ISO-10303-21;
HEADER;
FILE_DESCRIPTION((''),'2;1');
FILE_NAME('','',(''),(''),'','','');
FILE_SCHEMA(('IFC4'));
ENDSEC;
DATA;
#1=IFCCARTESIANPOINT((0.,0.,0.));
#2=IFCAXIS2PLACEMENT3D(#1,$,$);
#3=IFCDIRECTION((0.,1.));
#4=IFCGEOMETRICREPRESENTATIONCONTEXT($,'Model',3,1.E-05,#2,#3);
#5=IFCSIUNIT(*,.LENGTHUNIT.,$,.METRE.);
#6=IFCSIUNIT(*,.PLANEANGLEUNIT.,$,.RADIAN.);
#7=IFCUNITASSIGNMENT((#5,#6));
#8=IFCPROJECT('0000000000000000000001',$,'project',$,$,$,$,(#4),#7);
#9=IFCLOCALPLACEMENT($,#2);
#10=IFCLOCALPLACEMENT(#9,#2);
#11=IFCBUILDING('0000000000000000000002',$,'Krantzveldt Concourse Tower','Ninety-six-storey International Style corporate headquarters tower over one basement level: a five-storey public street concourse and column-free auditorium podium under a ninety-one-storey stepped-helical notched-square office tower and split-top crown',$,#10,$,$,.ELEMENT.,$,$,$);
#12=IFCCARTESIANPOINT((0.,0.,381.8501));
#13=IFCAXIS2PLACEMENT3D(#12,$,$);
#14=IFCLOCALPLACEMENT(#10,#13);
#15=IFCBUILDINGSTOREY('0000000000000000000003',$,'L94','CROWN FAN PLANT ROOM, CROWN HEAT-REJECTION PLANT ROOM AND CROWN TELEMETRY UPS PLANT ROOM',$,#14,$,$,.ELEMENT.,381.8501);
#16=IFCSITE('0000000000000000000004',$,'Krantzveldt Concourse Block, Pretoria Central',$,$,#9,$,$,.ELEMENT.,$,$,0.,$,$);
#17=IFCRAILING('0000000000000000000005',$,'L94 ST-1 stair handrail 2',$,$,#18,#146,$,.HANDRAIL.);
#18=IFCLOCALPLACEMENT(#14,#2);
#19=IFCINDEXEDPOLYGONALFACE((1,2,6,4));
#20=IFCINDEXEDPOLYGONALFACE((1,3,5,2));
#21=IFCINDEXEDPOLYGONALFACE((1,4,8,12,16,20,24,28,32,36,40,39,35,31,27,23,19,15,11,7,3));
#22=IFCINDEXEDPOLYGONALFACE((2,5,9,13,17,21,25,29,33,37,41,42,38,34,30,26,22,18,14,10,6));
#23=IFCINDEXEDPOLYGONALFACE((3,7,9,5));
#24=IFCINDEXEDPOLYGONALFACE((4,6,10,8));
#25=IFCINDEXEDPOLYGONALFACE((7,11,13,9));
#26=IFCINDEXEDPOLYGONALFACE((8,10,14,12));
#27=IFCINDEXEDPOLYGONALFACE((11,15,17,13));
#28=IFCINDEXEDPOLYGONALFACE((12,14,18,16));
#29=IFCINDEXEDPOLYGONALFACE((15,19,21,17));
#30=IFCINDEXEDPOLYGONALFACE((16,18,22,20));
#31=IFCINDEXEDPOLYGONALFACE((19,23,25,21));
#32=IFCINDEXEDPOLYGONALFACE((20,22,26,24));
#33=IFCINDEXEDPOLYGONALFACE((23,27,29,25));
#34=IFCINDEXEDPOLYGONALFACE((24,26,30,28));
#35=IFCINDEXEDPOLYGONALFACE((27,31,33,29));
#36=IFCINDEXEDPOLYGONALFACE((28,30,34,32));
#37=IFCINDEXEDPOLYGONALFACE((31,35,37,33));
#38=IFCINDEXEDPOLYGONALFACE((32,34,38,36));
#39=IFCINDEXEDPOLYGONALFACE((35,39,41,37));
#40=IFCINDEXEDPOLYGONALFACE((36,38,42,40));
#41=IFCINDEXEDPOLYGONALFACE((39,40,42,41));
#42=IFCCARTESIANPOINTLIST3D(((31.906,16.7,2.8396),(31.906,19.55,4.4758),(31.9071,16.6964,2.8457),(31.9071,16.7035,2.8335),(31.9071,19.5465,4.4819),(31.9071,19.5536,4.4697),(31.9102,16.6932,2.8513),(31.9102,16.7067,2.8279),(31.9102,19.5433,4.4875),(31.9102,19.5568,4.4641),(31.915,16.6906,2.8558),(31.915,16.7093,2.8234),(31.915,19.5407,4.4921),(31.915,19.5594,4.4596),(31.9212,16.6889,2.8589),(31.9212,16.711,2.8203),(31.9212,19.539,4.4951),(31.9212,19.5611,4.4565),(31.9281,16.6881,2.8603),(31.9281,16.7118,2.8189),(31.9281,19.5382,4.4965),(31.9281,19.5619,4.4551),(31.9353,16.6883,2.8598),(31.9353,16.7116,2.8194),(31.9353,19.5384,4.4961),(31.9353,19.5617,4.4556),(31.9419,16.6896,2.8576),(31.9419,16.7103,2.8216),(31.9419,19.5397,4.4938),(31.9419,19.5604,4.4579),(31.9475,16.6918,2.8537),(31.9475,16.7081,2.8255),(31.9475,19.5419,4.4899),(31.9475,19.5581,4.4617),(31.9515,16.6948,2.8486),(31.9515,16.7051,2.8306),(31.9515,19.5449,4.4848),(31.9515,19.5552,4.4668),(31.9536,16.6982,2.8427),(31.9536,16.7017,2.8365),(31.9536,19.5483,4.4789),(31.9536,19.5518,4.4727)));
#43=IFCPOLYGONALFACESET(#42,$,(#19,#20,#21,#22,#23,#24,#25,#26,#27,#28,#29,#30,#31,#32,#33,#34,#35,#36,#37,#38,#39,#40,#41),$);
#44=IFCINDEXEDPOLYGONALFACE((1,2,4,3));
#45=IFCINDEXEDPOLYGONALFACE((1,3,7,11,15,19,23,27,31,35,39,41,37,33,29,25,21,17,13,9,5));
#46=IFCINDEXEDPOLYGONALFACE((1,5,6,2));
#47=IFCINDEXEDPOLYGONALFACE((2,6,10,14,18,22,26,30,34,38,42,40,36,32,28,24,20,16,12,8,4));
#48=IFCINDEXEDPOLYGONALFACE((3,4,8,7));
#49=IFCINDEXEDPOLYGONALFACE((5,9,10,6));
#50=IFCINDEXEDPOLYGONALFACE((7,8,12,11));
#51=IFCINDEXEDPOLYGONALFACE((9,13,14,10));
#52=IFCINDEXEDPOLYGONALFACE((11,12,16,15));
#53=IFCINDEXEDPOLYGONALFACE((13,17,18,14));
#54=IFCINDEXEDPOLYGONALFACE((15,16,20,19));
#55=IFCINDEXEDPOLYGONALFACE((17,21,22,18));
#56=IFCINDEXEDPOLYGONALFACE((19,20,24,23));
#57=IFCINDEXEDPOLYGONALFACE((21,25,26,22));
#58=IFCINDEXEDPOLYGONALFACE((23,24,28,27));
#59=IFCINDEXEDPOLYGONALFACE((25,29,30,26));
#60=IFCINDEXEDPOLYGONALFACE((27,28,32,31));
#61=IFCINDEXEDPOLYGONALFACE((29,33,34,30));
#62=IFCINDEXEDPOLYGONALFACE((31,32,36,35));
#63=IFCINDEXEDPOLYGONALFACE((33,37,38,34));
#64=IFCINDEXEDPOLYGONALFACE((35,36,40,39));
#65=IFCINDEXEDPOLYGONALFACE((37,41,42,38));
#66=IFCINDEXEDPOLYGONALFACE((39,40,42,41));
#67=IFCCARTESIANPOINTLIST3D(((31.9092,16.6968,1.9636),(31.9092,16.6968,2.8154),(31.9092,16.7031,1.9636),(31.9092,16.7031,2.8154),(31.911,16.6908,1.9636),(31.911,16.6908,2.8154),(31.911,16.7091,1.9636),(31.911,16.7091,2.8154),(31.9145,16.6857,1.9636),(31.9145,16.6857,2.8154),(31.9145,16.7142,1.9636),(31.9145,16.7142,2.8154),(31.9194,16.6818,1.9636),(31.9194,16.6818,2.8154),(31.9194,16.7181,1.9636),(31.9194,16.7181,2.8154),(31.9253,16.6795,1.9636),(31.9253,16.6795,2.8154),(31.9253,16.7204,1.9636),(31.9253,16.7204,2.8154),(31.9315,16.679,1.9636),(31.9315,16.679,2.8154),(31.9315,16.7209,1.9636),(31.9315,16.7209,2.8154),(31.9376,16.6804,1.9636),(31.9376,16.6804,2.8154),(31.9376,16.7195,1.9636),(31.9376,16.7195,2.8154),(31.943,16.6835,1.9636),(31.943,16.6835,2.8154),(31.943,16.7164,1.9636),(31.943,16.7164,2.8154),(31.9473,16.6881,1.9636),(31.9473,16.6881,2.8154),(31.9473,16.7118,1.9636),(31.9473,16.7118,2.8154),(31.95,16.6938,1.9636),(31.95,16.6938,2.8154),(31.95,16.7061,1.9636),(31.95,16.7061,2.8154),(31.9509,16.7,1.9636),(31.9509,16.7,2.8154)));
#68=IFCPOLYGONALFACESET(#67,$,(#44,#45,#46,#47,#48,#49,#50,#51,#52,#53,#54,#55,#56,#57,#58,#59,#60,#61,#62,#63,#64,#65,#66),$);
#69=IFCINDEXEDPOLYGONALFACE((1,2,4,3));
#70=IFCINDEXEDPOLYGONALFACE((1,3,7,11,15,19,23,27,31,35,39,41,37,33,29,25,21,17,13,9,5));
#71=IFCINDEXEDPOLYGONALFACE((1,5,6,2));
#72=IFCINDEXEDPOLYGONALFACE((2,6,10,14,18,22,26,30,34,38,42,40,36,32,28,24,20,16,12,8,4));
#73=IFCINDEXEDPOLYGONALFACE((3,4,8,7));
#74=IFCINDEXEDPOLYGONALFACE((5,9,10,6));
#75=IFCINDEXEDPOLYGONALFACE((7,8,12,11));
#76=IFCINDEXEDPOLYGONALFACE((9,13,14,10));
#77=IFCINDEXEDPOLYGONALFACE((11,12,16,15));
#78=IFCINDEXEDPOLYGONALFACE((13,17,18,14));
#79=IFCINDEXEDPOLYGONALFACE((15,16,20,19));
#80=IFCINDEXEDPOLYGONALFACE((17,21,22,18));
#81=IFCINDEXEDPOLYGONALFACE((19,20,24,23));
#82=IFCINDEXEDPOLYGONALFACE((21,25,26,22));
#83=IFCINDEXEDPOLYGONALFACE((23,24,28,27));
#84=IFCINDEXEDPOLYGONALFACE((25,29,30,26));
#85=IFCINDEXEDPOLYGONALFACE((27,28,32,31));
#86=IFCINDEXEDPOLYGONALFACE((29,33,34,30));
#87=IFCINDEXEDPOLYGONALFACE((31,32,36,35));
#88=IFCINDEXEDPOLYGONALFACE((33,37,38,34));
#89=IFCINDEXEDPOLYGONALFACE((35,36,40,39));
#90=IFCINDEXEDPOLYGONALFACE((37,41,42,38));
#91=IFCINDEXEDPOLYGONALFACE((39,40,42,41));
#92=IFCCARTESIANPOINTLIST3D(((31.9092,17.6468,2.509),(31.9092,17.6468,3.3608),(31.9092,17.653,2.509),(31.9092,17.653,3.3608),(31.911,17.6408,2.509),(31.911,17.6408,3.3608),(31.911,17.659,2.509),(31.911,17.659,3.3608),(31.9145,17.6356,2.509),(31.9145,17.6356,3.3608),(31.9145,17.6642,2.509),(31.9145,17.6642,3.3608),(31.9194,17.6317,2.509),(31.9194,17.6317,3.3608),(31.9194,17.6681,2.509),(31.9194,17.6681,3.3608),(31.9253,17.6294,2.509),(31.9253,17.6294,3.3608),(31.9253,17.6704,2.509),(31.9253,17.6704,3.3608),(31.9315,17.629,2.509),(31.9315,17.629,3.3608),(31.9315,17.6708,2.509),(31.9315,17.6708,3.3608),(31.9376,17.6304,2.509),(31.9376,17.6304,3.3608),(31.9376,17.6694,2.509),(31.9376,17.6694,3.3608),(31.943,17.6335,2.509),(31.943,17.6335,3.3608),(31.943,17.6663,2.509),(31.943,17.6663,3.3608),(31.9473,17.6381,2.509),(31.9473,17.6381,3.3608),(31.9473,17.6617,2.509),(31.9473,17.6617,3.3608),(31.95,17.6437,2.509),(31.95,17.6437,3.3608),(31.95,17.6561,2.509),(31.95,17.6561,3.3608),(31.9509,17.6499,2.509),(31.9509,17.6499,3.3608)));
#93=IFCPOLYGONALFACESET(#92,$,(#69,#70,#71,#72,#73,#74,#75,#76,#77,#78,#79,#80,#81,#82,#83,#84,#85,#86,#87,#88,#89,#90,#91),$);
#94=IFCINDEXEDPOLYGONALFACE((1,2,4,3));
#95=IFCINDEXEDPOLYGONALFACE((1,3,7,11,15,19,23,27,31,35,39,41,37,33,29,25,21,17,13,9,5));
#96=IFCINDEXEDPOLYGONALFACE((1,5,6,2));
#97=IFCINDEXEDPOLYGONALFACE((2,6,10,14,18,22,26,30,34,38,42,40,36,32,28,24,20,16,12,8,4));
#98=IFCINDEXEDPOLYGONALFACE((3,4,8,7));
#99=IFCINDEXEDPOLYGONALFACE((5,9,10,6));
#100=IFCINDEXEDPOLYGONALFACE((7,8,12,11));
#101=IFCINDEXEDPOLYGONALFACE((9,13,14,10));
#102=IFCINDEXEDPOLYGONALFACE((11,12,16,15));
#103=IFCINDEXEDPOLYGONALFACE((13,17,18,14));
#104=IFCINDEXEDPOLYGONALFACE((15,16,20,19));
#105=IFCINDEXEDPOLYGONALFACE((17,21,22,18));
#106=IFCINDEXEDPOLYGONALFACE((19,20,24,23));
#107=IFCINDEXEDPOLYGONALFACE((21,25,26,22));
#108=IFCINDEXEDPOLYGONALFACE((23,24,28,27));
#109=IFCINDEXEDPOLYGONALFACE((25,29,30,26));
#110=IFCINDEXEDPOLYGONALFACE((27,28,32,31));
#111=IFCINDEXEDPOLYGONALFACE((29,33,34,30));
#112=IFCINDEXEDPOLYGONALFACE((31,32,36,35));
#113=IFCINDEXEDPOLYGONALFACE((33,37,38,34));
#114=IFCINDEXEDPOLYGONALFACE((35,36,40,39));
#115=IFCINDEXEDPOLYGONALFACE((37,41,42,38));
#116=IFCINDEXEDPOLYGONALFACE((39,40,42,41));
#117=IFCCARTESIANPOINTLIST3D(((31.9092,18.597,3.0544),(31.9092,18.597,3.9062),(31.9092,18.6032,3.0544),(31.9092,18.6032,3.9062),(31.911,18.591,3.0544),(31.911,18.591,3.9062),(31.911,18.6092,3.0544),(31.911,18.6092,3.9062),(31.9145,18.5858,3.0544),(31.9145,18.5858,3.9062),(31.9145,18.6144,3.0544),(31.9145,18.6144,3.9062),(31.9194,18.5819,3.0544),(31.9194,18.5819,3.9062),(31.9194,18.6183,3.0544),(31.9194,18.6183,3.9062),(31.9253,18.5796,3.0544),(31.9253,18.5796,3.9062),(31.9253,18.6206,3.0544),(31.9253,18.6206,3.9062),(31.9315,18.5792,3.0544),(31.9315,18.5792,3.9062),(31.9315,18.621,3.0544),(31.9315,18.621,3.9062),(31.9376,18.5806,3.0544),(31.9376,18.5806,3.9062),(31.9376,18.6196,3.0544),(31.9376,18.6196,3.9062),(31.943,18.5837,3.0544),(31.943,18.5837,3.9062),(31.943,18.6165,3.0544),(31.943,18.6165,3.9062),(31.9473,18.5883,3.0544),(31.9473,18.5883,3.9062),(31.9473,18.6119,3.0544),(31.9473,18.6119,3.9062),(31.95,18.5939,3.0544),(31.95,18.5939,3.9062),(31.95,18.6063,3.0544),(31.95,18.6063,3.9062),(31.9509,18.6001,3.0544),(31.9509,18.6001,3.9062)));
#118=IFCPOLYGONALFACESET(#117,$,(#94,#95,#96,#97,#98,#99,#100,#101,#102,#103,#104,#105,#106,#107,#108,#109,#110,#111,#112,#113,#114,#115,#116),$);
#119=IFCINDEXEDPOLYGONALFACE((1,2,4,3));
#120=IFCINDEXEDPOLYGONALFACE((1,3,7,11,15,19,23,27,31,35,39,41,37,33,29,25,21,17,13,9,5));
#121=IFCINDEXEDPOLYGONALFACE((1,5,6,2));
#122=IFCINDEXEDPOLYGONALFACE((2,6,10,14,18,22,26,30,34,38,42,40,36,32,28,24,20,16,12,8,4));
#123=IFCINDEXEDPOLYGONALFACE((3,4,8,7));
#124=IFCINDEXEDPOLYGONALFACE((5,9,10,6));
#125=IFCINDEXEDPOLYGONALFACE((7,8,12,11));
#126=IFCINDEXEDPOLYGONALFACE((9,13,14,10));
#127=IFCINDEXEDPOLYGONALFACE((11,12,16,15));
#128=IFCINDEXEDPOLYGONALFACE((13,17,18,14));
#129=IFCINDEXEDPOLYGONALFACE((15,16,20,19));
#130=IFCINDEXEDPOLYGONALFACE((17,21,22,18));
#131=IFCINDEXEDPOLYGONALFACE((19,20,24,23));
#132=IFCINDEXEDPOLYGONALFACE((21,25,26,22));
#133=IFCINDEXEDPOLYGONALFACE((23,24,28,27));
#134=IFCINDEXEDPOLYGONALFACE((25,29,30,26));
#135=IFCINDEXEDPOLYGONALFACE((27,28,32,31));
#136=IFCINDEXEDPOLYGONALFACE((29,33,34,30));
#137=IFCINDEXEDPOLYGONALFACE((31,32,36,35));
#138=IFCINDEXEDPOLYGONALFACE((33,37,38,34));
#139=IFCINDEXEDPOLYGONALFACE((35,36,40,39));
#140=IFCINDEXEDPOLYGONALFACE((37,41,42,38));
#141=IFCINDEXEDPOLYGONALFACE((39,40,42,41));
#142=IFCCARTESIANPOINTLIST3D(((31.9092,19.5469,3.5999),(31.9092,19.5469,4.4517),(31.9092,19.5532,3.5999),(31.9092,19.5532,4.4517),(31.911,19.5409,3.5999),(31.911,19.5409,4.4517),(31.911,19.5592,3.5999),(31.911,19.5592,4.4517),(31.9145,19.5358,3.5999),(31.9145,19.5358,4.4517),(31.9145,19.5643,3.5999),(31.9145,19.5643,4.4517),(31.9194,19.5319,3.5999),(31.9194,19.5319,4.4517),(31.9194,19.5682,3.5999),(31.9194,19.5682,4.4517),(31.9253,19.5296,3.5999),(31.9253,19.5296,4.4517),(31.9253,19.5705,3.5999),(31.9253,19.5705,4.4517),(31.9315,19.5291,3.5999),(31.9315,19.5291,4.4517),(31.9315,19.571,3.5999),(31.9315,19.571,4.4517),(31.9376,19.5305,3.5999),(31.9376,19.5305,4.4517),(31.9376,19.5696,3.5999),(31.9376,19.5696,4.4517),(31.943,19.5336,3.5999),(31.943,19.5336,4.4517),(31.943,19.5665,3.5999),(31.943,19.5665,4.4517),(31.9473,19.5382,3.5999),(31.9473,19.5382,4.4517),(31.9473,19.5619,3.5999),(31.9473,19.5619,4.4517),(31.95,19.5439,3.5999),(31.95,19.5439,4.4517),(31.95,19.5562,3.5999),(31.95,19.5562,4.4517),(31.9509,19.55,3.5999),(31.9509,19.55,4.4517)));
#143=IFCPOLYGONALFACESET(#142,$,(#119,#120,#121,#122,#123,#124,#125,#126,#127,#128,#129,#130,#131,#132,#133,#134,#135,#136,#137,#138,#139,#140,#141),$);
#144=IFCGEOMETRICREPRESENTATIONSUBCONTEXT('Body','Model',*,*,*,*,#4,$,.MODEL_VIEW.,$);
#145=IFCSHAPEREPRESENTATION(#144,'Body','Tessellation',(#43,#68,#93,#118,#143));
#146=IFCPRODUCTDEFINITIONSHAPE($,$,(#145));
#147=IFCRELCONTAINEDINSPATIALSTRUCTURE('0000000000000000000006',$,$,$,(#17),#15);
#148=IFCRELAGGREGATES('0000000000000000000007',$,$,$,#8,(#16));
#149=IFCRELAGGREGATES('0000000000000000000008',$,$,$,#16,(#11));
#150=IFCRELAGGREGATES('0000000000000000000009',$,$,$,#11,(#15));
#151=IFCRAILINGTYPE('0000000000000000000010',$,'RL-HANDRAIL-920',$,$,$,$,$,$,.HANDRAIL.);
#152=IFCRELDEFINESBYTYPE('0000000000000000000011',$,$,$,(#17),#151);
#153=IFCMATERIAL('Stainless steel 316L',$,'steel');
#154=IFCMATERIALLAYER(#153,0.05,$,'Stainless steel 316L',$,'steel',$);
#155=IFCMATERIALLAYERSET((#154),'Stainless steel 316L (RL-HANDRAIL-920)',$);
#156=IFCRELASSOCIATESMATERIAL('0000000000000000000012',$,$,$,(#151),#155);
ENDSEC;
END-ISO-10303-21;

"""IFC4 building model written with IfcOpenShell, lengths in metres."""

from ifc_helpers import new_model, si_unit, direction, frame, origin, origin_2d, place, context, subcontext, project, spatial, circle, extrude, material, layer, layer_set, type_object, element, save


model = new_model("IFC4")

# Units and contexts
model_context = context("Model", 3, precision=1e-05, world=origin(), true_north=direction((0.0, 1.0)))
body_context = subcontext(model_context, "Body", "Model", "MODEL_VIEW")
ifc_project = project(units=[si_unit("LENGTHUNIT", "METRE"), si_unit("PLANEANGLEUNIT", "RADIAN")], contexts=[model_context])

# Site, building, storey
site_placement = place(None, origin())
site = spatial("IfcSite", under=ifc_project, at=site_placement, Name="Krantzveldt Concourse Block, Pretoria Central", CompositionType="ELEMENT", RefElevation=0.0)
building_placement = place(site_placement, origin())
building = spatial("IfcBuilding", under=site, at=building_placement, Name="Krantzveldt Concourse Tower", Description="Ninety-six-storey International Style corporate headquarters tower over one basement level: a five-storey public street concourse and column-free auditorium podium under a ninety-one-storey stepped-helical notched-square office tower and split-top crown", CompositionType="ELEMENT")
storey_placement = place(building_placement, frame((0.0, 0.0, 381.8501)))
storey = spatial("IfcBuildingStorey", under=building, at=storey_placement, Name="L94", Description="CROWN FAN PLANT ROOM, CROWN HEAT-REJECTION PLANT ROOM AND CROWN TELEMETRY UPS PLANT ROOM", CompositionType="ELEMENT", Elevation=381.8501)

# Railing
ifc_material_1 = material(Name="Stainless steel 316L", Category="steel")
ifc_layer_1 = layer(ifc_material_1, 0.05, Name="Stainless steel 316L", Category="steel")
ifc_layer_set_1 = layer_set([ifc_layer_1], Name="Stainless steel 316L (RL-HANDRAIL-920)")
railing_type_1 = type_object("IfcRailingType", Name="RL-HANDRAIL-920", PredefinedType="HANDRAIL", material=ifc_layer_set_1)
railing_1_placement = place(storey_placement, frame((31.9299, 16.7, 1.9636)))
element("IfcRailing", 1, at=railing_1_placement, inside=storey, type_object=railing_type_1, Name="L94 ST-1 stair handrail 2", PredefinedType="HANDRAIL", context=body_context, shape_type="SweptSolid", body=[
    extrude(circle(Radius=0.0239, at=origin_2d()), frame((0.0, 0.0, 0.876), z_axis=(0.0, 0.867245, 0.497882), x_axis=(-1.0, 0.0, 0.0)), (0.0, 0.0, 1.0), 3.2864),
    extrude(circle(Radius=0.021, at=origin_2d()), origin(), (0.0, 0.0, 1.0), 0.8518),
    extrude(circle(Radius=0.021, at=origin_2d()), frame((0.0, 0.95, 0.5454)), (0.0, 0.0, 1.0), 0.8518),
    extrude(circle(Radius=0.021, at=origin_2d()), frame((0.0, 1.9001, 1.0908)), (0.0, 0.0, 1.0), 0.8518),
    extrude(circle(Radius=0.021, at=origin_2d()), frame((0.0, 2.8501, 1.6362)), (0.0, 0.0, 1.0), 0.8518),
])

save(model, "model.ifc")
